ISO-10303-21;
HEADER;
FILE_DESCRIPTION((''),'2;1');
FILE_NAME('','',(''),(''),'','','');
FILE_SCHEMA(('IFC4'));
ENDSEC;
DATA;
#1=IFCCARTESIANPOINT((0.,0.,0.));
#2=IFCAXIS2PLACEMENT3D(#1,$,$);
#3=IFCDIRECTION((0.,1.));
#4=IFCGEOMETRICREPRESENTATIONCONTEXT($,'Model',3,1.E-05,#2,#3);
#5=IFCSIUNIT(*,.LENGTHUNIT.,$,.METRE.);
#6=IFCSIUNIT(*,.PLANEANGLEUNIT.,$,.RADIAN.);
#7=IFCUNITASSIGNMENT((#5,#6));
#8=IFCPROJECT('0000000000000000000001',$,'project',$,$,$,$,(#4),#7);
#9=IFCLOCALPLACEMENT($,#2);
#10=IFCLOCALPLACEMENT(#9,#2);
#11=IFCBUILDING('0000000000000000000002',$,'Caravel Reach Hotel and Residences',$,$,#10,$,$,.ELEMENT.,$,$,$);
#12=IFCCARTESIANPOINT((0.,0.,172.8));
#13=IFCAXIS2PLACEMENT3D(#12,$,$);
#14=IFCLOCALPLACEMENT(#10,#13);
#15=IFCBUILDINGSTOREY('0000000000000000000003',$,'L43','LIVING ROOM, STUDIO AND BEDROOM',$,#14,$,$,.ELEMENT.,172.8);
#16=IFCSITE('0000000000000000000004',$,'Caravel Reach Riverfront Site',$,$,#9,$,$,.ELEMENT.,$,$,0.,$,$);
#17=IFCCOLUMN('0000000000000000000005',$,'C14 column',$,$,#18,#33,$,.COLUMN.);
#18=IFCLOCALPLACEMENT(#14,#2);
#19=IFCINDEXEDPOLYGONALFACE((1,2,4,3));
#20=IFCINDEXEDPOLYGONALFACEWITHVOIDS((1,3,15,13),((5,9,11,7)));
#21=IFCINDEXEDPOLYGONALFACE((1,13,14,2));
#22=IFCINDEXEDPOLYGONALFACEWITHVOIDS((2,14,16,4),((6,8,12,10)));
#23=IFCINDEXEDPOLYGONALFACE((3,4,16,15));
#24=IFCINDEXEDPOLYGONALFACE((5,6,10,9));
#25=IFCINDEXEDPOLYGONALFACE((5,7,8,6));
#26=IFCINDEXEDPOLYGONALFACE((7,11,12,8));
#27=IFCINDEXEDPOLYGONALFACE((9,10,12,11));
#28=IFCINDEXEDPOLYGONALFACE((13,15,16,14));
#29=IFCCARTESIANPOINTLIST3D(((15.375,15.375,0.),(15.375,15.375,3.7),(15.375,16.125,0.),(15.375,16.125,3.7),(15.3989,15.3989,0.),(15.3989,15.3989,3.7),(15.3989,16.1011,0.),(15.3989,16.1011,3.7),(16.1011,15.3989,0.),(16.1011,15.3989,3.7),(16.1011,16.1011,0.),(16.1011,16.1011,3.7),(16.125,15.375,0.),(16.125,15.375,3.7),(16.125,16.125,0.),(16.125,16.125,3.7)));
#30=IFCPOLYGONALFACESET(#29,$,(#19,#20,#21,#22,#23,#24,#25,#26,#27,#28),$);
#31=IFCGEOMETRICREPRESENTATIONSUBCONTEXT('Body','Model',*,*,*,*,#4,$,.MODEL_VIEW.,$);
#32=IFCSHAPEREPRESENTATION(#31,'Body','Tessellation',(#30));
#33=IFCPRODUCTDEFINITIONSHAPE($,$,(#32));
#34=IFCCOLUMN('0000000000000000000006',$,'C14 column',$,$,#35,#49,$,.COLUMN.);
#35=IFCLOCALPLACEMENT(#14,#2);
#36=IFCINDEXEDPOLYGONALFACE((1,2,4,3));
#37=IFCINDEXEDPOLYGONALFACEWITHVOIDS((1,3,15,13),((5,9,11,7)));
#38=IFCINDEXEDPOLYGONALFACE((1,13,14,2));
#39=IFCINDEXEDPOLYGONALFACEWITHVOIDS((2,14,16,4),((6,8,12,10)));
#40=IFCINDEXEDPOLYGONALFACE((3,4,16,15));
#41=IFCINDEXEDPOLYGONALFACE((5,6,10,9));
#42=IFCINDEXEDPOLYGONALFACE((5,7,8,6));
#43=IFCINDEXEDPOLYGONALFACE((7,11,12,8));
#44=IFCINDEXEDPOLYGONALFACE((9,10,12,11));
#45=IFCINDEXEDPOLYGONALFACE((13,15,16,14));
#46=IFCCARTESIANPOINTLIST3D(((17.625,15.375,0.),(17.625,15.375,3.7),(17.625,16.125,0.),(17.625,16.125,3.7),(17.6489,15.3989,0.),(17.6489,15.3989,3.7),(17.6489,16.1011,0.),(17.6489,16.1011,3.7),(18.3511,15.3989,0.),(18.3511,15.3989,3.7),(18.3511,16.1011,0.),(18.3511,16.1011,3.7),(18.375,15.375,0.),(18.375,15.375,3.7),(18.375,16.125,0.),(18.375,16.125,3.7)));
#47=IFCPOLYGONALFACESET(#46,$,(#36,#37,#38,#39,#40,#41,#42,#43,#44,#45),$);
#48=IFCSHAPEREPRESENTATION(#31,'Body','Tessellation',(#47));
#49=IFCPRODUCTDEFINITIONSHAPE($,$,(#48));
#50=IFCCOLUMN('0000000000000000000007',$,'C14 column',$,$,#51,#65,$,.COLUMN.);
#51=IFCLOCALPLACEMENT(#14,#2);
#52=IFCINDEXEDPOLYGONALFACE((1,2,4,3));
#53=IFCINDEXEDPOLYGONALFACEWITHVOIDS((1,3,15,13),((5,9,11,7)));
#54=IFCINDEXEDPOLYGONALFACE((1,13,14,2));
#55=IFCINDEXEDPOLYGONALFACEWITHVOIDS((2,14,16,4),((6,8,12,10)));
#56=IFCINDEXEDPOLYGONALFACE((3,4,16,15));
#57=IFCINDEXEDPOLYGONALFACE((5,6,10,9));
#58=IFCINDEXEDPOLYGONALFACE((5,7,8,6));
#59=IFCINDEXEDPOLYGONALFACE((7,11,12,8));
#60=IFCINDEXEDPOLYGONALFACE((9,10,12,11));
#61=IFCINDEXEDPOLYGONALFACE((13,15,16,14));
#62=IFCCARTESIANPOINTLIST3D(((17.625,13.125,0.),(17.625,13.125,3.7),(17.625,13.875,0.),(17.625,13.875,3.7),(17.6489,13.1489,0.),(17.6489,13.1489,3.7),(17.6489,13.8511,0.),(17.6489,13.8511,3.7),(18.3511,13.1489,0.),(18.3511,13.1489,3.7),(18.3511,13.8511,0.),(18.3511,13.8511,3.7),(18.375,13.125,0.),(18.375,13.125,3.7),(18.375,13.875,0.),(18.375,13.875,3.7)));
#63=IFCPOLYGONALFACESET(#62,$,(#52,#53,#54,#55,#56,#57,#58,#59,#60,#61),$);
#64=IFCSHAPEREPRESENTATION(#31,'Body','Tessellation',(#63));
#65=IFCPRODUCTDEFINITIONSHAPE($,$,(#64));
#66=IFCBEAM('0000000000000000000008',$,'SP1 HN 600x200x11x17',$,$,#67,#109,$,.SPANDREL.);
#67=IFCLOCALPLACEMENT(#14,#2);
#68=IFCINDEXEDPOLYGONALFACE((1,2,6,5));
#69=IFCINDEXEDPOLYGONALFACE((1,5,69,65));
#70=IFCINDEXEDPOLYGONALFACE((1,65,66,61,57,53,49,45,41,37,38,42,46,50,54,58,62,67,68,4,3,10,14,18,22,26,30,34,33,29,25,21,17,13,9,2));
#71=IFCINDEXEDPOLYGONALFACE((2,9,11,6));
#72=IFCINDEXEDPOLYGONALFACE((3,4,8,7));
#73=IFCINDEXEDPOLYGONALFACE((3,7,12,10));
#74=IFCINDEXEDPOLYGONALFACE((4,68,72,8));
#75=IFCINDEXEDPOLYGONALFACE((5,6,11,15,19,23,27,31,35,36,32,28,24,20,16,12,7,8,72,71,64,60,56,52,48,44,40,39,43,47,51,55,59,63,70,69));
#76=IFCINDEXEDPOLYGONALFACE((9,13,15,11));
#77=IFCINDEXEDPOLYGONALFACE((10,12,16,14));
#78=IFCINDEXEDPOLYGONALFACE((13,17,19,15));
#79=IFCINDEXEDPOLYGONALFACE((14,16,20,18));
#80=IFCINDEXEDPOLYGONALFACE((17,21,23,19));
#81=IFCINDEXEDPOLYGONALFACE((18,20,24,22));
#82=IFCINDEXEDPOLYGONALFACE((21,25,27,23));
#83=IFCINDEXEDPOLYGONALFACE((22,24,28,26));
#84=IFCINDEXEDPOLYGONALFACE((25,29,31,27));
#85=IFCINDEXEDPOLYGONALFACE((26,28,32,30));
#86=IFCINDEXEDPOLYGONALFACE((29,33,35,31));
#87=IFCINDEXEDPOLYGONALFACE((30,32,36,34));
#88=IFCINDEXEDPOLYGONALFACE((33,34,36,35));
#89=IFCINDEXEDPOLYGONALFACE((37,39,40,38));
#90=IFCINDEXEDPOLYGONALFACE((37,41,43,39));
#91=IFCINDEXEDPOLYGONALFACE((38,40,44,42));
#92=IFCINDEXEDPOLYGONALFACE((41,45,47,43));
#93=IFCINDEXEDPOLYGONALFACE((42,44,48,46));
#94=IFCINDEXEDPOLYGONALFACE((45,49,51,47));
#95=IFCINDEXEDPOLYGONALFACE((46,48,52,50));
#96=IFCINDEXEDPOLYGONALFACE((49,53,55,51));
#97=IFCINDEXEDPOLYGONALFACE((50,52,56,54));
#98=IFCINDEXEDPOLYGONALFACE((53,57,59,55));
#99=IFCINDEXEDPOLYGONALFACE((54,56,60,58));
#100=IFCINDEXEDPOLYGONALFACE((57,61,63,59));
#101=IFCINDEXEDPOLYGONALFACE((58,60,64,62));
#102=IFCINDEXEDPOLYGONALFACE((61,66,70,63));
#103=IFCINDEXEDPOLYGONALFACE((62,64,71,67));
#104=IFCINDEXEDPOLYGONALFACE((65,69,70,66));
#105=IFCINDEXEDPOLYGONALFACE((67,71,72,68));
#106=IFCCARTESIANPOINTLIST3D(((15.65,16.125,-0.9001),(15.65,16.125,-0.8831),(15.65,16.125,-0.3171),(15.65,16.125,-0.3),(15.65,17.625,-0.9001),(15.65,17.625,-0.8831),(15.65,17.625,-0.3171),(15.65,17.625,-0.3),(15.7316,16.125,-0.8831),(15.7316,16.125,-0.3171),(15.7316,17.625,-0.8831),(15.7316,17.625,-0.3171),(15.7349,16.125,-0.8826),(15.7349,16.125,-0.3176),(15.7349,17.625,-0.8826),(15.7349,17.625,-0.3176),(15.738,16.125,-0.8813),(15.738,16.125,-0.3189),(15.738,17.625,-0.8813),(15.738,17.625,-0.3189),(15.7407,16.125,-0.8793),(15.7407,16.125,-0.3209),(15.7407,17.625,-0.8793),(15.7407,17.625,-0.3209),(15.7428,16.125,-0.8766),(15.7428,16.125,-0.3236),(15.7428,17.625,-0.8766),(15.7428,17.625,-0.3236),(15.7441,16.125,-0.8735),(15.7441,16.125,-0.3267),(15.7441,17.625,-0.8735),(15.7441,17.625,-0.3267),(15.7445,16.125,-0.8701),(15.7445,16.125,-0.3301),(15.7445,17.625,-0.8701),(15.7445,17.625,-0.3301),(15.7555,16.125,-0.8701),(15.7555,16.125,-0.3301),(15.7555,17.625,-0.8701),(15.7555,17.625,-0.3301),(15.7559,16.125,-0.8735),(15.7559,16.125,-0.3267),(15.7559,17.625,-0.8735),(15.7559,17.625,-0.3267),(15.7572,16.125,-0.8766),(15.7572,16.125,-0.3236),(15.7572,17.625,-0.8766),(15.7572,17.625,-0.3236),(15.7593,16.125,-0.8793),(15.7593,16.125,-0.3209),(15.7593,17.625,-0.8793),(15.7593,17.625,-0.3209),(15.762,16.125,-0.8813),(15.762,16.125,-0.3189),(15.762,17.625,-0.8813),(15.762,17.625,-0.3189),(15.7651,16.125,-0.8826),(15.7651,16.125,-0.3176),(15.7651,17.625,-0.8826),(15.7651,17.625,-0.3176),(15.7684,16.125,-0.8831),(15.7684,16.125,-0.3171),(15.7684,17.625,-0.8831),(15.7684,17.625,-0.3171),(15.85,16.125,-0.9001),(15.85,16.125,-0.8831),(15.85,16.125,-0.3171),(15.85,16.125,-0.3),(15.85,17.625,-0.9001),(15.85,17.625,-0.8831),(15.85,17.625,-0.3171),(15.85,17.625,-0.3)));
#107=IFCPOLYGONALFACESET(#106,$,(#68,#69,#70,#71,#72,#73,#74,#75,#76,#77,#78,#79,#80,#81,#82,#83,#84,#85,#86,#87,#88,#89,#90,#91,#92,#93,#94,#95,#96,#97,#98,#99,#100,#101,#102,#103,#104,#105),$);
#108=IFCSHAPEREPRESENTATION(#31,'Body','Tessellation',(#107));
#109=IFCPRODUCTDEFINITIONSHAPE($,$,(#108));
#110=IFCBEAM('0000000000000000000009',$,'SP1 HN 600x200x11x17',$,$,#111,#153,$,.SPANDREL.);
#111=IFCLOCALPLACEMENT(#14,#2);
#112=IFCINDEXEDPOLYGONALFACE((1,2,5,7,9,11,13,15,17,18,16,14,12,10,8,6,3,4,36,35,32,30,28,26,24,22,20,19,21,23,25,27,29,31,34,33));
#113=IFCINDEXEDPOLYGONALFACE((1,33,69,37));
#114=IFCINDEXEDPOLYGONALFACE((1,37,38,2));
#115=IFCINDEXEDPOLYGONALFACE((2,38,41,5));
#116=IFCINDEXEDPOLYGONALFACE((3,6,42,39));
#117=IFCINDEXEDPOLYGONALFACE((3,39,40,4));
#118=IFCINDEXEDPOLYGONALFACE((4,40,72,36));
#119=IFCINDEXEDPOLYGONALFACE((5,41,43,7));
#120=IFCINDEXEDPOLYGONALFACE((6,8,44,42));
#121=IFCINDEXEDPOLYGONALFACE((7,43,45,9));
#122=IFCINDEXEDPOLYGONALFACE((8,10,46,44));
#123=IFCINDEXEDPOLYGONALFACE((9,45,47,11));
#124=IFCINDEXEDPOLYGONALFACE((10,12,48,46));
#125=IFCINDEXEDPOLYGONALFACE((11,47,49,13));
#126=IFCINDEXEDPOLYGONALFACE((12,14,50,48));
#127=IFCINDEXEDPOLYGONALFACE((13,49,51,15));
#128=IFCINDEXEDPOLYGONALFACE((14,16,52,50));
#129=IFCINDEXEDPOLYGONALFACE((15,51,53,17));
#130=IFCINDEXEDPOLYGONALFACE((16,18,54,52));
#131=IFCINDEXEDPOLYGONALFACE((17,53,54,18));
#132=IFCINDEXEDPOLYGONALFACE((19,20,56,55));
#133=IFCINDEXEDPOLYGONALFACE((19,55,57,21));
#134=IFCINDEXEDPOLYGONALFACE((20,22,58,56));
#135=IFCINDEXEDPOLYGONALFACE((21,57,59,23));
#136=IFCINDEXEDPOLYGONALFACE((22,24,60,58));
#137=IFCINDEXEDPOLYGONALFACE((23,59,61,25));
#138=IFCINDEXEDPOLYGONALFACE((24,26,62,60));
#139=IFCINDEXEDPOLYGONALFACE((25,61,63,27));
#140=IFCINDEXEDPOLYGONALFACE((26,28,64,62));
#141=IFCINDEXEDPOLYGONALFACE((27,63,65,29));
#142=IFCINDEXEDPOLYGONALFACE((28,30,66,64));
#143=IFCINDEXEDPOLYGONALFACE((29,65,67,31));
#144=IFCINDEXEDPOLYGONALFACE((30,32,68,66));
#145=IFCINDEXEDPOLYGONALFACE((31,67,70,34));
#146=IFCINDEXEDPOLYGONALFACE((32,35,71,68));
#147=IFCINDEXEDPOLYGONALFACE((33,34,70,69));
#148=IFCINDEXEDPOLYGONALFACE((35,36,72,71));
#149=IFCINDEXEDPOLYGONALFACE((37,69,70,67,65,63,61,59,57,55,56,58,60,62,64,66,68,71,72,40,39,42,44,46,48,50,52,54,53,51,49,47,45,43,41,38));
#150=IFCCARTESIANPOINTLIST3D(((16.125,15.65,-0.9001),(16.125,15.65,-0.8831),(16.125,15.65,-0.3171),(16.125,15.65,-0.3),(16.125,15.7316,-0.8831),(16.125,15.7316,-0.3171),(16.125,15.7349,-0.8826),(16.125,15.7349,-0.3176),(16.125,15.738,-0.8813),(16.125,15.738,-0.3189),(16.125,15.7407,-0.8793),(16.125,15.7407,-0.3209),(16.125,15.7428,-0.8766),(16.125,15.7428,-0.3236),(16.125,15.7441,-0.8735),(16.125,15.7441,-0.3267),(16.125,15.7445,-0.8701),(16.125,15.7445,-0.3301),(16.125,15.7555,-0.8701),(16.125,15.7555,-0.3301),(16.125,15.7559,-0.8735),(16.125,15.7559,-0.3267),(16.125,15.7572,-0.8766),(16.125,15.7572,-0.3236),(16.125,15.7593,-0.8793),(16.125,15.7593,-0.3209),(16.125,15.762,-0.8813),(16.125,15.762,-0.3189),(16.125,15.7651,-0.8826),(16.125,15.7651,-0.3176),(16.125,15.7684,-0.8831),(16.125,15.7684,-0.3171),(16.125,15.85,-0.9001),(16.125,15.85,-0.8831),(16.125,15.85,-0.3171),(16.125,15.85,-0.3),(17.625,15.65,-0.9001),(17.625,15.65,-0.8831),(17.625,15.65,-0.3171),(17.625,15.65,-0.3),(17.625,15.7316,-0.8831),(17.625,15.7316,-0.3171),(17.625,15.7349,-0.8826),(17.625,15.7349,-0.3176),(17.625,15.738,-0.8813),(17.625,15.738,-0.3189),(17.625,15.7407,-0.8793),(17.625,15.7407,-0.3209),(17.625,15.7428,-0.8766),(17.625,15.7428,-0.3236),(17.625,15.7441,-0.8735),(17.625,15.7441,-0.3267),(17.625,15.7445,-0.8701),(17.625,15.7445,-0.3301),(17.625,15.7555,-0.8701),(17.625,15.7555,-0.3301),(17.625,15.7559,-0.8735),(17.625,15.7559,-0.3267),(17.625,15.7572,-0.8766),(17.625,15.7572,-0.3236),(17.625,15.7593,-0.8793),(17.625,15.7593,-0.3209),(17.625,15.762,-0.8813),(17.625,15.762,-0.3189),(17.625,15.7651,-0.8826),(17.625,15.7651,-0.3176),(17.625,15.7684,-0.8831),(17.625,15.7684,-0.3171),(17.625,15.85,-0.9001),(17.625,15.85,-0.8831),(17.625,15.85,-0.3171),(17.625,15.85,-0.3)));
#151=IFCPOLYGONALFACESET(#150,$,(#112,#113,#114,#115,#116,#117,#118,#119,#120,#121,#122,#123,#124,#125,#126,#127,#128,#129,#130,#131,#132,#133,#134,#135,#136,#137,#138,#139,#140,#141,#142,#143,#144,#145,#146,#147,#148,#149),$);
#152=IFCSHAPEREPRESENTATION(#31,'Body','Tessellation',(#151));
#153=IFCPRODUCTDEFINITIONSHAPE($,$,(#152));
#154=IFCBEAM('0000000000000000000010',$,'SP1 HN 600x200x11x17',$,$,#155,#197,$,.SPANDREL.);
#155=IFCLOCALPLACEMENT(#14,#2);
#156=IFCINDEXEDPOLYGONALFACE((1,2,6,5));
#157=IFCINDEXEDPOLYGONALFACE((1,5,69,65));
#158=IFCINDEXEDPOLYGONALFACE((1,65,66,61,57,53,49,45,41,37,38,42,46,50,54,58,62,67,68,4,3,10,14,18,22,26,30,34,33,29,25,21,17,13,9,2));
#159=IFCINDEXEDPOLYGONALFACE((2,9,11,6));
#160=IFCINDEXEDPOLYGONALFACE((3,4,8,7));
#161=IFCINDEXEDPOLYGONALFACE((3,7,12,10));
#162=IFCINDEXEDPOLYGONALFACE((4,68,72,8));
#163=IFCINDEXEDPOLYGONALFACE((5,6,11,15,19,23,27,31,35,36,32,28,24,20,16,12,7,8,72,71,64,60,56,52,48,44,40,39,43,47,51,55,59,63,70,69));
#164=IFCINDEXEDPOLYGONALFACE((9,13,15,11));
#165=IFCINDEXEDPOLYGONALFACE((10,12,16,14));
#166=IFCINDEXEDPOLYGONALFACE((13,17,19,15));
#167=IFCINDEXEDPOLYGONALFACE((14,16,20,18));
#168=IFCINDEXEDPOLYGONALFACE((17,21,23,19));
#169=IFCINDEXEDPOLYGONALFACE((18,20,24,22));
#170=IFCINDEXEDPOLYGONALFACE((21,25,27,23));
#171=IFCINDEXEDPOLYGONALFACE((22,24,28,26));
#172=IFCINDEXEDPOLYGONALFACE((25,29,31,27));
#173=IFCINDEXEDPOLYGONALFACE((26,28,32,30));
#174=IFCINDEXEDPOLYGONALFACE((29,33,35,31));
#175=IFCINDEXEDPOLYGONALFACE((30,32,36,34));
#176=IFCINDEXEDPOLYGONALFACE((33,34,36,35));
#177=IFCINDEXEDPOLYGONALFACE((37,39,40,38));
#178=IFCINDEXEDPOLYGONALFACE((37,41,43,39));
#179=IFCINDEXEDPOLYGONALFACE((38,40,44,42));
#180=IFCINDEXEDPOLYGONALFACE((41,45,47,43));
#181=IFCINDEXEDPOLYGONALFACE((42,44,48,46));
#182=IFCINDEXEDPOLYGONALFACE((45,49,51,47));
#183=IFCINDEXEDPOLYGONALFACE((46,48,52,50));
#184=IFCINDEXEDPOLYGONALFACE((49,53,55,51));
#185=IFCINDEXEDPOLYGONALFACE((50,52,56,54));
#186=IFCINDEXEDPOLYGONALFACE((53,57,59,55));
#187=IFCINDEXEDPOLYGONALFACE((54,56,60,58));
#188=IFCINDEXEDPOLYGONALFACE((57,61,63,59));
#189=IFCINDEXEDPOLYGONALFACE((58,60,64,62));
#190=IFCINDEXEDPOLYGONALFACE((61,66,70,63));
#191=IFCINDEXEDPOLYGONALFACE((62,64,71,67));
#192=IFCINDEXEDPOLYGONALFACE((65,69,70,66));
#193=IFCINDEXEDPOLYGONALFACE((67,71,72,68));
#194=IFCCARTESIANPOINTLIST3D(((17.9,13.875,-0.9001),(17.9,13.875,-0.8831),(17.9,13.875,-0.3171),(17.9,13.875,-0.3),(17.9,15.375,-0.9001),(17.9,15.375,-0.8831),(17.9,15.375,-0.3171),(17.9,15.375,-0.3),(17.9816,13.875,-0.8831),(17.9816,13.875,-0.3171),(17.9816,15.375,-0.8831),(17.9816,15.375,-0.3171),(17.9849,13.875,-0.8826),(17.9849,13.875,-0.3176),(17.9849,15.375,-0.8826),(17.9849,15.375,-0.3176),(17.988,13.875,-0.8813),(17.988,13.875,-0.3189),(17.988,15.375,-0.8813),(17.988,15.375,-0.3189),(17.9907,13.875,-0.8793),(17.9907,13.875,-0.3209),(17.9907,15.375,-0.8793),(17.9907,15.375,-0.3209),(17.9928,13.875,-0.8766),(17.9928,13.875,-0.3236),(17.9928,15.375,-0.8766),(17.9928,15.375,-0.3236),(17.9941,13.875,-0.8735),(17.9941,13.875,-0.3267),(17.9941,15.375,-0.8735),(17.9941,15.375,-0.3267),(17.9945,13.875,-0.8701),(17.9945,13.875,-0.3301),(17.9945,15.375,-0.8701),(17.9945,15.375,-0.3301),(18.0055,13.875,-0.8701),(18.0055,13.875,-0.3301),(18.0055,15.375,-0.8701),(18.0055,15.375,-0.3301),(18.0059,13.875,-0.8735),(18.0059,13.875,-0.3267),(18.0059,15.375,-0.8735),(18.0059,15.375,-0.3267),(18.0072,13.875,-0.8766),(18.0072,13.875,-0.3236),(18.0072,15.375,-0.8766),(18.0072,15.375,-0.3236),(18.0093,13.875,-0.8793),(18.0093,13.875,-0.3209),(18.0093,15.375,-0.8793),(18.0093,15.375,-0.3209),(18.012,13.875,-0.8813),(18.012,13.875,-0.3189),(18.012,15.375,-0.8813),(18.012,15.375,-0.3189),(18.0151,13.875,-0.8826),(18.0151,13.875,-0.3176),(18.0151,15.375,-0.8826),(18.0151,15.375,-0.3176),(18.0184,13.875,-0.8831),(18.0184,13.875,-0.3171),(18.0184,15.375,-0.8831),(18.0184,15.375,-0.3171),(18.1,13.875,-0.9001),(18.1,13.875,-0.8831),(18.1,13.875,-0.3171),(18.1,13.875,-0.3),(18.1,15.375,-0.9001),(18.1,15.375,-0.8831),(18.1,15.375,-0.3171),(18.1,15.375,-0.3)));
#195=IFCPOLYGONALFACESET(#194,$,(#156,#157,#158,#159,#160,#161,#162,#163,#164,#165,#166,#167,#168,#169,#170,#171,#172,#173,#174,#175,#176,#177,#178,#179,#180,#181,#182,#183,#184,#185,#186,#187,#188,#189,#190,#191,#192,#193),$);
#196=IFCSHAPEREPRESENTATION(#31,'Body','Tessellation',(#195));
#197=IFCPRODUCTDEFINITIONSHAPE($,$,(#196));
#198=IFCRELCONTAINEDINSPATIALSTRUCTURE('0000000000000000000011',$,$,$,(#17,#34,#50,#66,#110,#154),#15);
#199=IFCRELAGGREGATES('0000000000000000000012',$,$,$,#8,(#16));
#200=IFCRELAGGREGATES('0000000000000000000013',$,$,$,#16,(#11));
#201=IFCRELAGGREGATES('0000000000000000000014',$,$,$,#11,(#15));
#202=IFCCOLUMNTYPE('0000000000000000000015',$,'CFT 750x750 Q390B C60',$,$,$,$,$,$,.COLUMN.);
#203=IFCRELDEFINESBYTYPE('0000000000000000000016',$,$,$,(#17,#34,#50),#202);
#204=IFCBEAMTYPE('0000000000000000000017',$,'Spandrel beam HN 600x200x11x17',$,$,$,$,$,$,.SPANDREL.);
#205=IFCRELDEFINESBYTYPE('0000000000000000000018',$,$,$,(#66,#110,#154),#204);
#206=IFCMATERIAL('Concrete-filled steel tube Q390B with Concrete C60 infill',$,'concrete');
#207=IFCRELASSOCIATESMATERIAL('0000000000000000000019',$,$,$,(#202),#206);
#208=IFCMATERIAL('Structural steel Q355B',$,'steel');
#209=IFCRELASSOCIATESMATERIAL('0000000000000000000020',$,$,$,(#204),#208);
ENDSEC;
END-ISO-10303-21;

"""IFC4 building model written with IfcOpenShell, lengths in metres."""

from ifc_helpers import new_model, si_unit, direction, frame, origin, origin_2d, place, context, subcontext, project, spatial, hollow_rectangle, i_section, extrude, material, material_profile, profile_set, type_object, element, save


model = new_model("IFC4")

# Units and contexts
model_context = context("Model", 3, precision=1e-05, world=origin(), true_north=direction((0.0, 1.0)))
body_context = subcontext(model_context, "Body", "Model", "MODEL_VIEW")
ifc_project = project(units=[si_unit("LENGTHUNIT", "METRE"), si_unit("PLANEANGLEUNIT", "RADIAN")], contexts=[model_context])

# Site, building, storey
site_placement = place(None, origin())
site = spatial("IfcSite", under=ifc_project, at=site_placement, Name="Caravel Reach Riverfront Site", CompositionType="ELEMENT", RefElevation=0.0)
building_placement = place(site_placement, origin())
building = spatial("IfcBuilding", under=site, at=building_placement, Name="Caravel Reach Hotel and Residences", CompositionType="ELEMENT")
storey_placement = place(building_placement, frame((0.0, 0.0, 172.8)))
storey = spatial("IfcBuildingStorey", under=building, at=storey_placement, Name="L43", Description="LIVING ROOM, STUDIO AND BEDROOM", CompositionType="ELEMENT", Elevation=172.8)

# Columns
ifc_material_1 = material(Name="Concrete-filled steel tube Q390B with Concrete C60 infill", Category="concrete")
ifc_material_profile_1 = material_profile(ifc_material_1, hollow_rectangle(XDim=0.75, YDim=0.75, WallThickness=0.0239, at=origin_2d()), Name="RHS 750x750x24")
ifc_profile_set_1 = profile_set([ifc_material_profile_1], Name="Concrete-filled steel tube Q390B with Concrete C60 infill")
column_type = type_object("IfcColumnType", Name="CFT 750x750 Q390B C60", PredefinedType="COLUMN", material=ifc_profile_set_1)
for number, where, z_axis, x_axis, name in (
    (1, (15.75, 15.75, 0.0), (0.0, 0.0, 1.0), (1.0, 0.0, 0.0), "C14 column"),
    (2, (18.0, 15.75, 0.0), (0.0, 0.0, 1.0), (1.0, 0.0, 0.0), "C14 column"),
    (3, (18.0, 13.5, 0.0), (0.0, 0.0, 1.0), (1.0, 0.0, 0.0), "C14 column"),
):
    element("IfcColumn", number, at=place(storey_placement, frame(where, z_axis=z_axis, x_axis=x_axis)), inside=storey, type_object=column_type, Name=name, PredefinedType="COLUMN", context=body_context, shape_type="SweptSolid", body=[
        extrude(hollow_rectangle(XDim=0.75, YDim=0.75, WallThickness=0.0239, at=origin_2d()), origin(), (0.0, 0.0, 1.0), 3.7),
    ])

# Beams
ifc_material_2 = material(Name="Structural steel Q355B", Category="steel")
ifc_material_profile_2 = material_profile(ifc_material_2, i_section(OverallWidth=0.2, OverallDepth=0.6001, WebThickness=0.011, FlangeThickness=0.0171, FilletRadius=0.0129, at=origin_2d()), Name="HN 600x200x11x17")
ifc_profile_set_2 = profile_set([ifc_material_profile_2], Name="Structural steel Q355B")
beam_type = type_object("IfcBeamType", Name="Spandrel beam HN 600x200x11x17", PredefinedType="SPANDREL", material=ifc_profile_set_2)
for number, where, z_axis, x_axis, name in (
    (4, (15.75, 17.625, -0.6001), (0.0, -1.0, 0.0), (1.0, 0.0, 0.0), "SP1 HN 600x200x11x17"),
    (5, (16.125, 15.75, -0.6001), (1.0, 0.0, 0.0), (0.0, 1.0, 0.0), "SP1 HN 600x200x11x17"),
    (6, (18.0, 15.375, -0.6001), (0.0, -1.0, 0.0), (1.0, 0.0, 0.0), "SP1 HN 600x200x11x17"),
):
    element("IfcBeam", number, at=place(storey_placement, frame(where, z_axis=z_axis, x_axis=x_axis)), inside=storey, type_object=beam_type, Name=name, PredefinedType="SPANDREL", context=body_context, shape_type="SweptSolid", body=[
        extrude(i_section(OverallWidth=0.2, OverallDepth=0.6001, WebThickness=0.011, FlangeThickness=0.0171, FilletRadius=0.0129, at=origin_2d()), origin(), (0.0, 0.0, 1.0), 1.5),
    ])

save(model, "model.ifc")
